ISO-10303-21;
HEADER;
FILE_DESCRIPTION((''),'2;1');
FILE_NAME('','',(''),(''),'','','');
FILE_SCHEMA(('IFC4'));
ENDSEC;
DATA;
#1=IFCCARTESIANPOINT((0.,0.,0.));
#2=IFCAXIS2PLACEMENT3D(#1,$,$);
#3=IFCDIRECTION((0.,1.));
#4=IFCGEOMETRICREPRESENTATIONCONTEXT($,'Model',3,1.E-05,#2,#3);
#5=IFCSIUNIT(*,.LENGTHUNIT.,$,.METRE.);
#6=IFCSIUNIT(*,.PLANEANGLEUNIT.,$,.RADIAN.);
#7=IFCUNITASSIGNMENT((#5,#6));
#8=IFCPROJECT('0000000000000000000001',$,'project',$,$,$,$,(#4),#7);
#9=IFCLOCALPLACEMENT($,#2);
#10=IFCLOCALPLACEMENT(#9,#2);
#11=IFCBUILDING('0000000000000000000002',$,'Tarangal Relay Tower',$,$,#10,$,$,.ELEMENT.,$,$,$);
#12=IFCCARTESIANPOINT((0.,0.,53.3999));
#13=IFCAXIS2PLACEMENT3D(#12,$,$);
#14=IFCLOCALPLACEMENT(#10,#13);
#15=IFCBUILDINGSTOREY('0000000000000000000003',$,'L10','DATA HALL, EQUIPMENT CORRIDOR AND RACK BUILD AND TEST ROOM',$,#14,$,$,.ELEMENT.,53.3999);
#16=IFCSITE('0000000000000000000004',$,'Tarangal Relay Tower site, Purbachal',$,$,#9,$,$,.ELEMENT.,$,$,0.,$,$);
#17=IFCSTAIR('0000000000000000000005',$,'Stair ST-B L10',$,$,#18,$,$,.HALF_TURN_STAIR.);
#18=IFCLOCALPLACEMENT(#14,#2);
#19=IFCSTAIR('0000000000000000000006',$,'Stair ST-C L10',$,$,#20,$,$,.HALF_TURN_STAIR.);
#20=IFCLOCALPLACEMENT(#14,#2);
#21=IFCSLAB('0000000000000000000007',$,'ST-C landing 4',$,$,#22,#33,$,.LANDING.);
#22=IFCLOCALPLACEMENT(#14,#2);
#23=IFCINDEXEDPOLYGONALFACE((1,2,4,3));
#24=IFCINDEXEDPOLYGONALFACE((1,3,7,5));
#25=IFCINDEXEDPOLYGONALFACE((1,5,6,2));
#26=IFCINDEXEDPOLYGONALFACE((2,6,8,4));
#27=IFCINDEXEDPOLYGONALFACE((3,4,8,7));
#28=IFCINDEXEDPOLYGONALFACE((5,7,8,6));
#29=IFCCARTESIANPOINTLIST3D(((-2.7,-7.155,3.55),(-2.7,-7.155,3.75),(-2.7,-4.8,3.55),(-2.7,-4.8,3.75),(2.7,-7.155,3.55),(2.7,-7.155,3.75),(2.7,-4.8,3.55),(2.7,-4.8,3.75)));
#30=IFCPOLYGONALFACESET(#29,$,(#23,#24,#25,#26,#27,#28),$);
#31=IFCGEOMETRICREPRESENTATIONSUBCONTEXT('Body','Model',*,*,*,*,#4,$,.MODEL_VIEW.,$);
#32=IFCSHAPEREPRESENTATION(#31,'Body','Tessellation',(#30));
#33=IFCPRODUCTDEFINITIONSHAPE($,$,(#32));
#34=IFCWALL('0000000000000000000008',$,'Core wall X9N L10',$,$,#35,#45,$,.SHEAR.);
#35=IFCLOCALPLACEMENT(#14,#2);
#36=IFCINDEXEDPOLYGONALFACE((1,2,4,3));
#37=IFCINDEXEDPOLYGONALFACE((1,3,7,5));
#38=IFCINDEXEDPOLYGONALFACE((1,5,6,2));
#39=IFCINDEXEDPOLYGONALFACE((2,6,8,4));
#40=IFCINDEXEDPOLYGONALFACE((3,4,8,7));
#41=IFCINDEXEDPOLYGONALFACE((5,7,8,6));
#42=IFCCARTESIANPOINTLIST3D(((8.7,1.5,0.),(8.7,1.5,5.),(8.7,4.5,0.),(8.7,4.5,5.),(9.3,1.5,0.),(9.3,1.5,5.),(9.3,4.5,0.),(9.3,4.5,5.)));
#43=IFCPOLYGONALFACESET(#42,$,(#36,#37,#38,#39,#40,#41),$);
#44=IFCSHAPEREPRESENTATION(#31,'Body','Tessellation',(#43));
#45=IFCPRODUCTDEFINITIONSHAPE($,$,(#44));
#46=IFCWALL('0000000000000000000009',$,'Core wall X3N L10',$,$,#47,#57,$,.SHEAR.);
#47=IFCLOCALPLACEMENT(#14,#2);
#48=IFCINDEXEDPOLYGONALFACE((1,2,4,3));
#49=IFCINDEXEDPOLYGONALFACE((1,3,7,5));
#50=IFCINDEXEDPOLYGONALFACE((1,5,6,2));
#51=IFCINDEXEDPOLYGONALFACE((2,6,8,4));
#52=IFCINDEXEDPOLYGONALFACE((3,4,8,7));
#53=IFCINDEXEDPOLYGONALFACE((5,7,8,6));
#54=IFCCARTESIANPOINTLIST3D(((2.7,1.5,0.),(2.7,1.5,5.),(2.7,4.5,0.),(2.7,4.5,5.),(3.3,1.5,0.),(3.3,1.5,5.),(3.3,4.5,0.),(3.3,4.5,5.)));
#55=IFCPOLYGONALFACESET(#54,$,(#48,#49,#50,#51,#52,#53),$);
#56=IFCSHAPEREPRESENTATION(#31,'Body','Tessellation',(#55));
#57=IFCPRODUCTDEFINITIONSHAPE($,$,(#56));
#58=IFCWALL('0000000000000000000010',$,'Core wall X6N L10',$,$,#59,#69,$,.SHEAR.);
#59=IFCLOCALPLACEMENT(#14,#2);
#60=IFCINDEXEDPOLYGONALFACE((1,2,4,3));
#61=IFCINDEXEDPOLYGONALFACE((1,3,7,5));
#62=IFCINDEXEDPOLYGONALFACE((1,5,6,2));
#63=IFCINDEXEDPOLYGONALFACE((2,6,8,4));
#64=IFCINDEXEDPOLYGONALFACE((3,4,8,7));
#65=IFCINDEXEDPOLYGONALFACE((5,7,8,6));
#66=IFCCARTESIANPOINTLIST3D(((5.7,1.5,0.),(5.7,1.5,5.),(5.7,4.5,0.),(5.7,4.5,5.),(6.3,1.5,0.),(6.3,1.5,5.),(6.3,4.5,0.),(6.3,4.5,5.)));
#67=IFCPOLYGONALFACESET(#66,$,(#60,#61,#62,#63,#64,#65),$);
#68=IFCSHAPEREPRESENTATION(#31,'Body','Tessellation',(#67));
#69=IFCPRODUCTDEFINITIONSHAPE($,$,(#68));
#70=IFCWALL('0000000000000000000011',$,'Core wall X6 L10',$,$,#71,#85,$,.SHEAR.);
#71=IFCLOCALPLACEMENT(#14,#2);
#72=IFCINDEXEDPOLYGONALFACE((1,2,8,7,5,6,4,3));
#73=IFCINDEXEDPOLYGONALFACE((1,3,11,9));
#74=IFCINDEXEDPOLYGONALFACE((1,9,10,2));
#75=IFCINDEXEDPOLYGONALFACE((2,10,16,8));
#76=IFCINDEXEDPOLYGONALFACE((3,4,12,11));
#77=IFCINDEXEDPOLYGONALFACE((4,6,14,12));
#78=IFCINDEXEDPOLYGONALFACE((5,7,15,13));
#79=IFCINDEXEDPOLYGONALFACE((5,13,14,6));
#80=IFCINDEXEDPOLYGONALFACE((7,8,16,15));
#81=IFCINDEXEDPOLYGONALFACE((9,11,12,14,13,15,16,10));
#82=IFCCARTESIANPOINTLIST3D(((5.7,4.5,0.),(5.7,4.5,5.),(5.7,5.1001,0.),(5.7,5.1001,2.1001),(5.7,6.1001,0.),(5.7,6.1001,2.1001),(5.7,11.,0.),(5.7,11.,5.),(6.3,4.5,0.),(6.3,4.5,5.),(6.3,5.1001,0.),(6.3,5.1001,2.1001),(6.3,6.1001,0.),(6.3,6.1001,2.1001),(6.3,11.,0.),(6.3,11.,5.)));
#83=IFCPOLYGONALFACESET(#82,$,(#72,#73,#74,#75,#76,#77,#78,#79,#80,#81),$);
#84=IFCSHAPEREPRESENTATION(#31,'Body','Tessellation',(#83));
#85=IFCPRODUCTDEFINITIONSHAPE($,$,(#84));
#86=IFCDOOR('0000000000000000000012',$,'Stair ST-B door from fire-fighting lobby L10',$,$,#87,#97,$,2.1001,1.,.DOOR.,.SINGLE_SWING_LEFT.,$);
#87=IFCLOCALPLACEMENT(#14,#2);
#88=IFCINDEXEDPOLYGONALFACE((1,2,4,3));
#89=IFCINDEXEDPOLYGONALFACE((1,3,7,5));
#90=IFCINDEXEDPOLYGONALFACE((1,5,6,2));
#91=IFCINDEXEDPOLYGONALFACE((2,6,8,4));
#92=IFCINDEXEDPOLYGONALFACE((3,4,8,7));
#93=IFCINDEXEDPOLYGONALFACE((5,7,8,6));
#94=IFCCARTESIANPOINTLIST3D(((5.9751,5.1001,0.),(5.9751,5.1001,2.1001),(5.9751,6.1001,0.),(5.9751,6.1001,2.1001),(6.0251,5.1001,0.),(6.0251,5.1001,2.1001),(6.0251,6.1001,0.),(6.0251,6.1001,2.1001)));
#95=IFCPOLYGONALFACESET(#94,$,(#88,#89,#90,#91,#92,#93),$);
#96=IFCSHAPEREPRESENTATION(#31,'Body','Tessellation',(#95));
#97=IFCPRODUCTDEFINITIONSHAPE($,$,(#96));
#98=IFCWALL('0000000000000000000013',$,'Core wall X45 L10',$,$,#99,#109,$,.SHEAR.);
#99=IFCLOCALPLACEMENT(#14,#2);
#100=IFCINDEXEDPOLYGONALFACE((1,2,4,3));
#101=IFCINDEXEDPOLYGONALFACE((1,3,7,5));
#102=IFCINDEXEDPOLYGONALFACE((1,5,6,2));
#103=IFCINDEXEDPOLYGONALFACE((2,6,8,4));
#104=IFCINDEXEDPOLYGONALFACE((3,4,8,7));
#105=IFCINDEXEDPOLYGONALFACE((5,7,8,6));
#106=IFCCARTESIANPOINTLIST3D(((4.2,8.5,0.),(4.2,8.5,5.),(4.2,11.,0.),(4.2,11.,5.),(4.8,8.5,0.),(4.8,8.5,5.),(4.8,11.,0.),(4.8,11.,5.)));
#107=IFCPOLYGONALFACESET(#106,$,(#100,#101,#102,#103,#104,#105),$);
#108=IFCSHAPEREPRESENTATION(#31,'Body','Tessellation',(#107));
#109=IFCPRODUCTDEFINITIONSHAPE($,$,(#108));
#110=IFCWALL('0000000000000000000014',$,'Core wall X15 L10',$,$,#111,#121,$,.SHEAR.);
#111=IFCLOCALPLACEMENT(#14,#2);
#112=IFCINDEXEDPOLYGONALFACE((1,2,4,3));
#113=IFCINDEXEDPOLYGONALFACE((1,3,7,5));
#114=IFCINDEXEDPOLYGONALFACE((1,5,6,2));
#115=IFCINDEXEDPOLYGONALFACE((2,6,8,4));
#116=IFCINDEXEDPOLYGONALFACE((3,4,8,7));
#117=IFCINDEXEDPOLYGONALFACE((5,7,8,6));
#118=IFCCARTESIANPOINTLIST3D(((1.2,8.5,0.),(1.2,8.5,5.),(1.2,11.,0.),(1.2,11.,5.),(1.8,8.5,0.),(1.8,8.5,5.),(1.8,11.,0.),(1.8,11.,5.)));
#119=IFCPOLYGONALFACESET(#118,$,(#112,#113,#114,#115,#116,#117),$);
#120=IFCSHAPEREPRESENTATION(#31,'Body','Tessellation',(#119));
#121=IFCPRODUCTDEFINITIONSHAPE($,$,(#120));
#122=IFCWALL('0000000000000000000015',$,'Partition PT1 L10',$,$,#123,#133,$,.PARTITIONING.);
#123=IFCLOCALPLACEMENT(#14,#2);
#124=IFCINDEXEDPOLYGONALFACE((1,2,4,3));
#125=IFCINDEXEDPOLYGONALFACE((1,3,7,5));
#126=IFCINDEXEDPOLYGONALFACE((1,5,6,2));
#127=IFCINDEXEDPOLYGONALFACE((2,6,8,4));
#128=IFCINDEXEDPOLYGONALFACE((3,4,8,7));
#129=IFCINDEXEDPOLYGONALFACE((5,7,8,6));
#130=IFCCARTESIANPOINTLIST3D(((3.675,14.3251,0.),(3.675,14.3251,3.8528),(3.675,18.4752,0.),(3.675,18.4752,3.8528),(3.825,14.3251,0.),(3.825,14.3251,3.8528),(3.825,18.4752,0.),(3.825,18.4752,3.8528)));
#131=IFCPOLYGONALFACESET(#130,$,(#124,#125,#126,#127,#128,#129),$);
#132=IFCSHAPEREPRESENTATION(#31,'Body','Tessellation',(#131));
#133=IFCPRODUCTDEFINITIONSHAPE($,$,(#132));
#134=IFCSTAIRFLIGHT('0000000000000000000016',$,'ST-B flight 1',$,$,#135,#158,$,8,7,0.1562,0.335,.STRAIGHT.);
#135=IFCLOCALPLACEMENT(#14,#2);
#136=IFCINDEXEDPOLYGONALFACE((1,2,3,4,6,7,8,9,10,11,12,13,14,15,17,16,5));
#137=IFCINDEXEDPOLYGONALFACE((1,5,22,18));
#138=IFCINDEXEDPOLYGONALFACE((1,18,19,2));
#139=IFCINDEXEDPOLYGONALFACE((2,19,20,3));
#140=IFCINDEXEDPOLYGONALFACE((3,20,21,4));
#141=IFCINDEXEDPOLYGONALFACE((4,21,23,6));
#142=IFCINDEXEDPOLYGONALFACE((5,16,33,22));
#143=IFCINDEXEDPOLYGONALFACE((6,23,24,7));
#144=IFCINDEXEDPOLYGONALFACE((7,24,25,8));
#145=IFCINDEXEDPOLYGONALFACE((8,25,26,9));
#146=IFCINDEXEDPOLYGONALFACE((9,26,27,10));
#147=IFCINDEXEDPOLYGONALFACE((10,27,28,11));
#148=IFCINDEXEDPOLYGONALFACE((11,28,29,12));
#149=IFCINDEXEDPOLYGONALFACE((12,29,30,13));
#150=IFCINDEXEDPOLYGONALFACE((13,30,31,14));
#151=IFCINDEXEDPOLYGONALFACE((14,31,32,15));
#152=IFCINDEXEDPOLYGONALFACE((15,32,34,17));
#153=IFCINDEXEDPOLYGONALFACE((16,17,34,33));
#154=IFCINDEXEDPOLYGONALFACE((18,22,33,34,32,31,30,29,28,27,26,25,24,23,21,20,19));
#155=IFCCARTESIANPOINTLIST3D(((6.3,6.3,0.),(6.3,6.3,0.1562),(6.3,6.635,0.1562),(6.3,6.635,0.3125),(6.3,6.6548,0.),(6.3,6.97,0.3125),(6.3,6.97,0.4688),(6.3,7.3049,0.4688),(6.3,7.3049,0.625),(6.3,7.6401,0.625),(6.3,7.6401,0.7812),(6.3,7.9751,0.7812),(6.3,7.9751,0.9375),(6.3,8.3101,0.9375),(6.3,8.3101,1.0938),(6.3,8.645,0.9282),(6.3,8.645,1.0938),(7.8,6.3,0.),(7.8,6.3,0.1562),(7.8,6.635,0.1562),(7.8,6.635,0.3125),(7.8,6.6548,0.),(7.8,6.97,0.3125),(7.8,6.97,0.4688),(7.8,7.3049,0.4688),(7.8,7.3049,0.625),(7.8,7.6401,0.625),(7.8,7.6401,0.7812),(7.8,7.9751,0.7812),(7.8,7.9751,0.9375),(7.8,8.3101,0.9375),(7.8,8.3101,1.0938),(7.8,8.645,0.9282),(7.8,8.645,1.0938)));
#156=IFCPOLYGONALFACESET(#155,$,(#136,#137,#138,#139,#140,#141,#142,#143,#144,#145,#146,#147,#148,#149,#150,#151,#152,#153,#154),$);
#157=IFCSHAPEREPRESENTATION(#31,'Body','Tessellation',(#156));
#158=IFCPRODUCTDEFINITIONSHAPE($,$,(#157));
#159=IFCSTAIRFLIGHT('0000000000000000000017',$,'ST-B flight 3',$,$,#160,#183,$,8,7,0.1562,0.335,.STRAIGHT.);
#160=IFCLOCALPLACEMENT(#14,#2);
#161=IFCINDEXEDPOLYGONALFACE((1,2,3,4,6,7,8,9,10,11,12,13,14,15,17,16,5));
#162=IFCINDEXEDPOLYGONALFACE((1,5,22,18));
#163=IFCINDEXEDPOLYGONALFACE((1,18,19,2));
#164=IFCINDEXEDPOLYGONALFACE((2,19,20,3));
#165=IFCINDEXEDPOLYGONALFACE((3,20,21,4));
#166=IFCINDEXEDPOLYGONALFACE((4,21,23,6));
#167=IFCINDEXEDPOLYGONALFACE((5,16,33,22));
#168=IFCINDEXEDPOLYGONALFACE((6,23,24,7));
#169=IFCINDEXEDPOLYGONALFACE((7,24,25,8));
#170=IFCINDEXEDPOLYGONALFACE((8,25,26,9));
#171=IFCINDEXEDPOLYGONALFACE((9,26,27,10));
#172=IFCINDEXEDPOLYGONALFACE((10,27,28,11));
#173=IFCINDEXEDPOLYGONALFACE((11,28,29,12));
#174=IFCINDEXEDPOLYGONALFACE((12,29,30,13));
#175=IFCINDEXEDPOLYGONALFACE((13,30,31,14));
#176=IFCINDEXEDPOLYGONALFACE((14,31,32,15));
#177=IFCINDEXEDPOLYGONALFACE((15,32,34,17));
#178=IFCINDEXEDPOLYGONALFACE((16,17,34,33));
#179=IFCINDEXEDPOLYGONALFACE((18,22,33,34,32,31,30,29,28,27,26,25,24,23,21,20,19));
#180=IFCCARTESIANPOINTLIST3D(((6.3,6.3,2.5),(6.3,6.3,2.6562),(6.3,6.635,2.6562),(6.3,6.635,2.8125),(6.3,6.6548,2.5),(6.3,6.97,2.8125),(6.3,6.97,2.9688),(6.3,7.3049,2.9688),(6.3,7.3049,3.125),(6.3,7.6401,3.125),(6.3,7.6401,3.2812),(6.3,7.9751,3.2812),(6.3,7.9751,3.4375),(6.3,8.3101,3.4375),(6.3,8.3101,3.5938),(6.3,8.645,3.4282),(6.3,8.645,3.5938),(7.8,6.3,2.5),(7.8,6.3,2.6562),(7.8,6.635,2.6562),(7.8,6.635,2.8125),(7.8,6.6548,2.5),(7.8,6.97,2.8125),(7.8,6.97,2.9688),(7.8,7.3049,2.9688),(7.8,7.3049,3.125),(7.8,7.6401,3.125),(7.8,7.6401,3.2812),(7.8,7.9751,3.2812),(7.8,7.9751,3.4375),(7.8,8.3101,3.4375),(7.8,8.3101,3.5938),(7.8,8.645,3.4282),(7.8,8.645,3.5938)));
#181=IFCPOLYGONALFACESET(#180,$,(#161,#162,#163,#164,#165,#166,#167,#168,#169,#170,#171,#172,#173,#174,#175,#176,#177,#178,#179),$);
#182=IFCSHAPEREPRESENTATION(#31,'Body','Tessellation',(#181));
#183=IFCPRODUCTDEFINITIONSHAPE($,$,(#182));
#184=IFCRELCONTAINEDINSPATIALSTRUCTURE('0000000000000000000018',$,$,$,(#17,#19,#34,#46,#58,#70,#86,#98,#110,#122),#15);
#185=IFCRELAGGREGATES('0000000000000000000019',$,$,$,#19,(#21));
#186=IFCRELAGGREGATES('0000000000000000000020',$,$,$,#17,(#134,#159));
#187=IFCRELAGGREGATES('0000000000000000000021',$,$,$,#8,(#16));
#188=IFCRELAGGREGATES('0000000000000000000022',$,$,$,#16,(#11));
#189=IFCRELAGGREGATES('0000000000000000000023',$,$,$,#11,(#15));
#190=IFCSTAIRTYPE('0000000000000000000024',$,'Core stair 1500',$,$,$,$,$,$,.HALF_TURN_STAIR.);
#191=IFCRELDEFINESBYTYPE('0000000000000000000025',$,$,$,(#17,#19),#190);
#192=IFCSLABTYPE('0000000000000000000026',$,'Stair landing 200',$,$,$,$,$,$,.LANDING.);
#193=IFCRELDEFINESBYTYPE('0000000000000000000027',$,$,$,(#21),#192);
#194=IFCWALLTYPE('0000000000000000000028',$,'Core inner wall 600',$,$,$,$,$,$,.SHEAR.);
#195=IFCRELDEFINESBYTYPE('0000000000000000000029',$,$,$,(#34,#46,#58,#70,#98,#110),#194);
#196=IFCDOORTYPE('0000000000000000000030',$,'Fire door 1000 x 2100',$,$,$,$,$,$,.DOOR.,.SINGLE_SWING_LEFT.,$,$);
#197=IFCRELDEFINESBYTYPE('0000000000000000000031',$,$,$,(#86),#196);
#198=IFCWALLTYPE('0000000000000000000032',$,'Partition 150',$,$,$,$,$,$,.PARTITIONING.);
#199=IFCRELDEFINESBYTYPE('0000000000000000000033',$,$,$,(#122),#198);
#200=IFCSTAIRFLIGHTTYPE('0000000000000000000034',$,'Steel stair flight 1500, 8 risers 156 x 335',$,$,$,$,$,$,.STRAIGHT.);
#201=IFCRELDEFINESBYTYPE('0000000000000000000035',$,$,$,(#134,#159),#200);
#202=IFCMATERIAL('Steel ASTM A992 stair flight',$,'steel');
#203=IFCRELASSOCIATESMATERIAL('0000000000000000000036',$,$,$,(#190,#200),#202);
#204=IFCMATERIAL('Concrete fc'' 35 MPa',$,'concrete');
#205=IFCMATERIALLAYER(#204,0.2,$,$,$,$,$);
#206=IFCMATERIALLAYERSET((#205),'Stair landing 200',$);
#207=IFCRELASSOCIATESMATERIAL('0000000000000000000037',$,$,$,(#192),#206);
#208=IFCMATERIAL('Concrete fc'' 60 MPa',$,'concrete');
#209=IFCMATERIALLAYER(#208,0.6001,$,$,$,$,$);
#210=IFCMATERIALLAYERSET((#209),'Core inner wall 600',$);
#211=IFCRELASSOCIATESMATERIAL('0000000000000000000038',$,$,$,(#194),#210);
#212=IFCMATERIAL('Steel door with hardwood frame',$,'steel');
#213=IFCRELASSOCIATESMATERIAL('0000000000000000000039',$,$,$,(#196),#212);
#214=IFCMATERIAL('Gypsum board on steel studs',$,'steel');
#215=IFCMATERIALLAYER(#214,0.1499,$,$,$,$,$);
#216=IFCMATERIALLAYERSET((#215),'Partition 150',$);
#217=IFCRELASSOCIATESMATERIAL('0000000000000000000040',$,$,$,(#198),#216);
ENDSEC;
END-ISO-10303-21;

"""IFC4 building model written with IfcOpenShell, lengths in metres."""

from ifc_helpers import new_model, si_unit, direction, frame, frame_2d, origin, place, context, subcontext, project, spatial, polyline, rectangle, outline, extrude, material, layer, layer_set, type_object, element, fill, aggregate, save


model = new_model("IFC4")

# Units and contexts
model_context = context("Model", 3, precision=1e-05, world=origin(), true_north=direction((0.0, 1.0)))
body_context = subcontext(model_context, "Body", "Model", "MODEL_VIEW")
ifc_project = project(units=[si_unit("LENGTHUNIT", "METRE"), si_unit("PLANEANGLEUNIT", "RADIAN")], contexts=[model_context])

# Site, building, storey
site_placement = place(None, origin())
site = spatial("IfcSite", under=ifc_project, at=site_placement, Name="Tarangal Relay Tower site, Purbachal", CompositionType="ELEMENT", RefElevation=0.0)
building_placement = place(site_placement, origin())
building = spatial("IfcBuilding", under=site, at=building_placement, Name="Tarangal Relay Tower", CompositionType="ELEMENT")
storey_placement = place(building_placement, frame((0.0, 0.0, 53.3999)))
storey = spatial("IfcBuildingStorey", under=building, at=storey_placement, Name="L10", Description="DATA HALL, EQUIPMENT CORRIDOR AND RACK BUILD AND TEST ROOM", CompositionType="ELEMENT", Elevation=53.3999)

# Shared definitions
ifc_material_1 = material(Name="Steel ASTM A992 stair flight", Category="steel")
stair_type = type_object("IfcStairType", Name="Core stair 1500", PredefinedType="HALF_TURN_STAIR", material=ifc_material_1)
ifc_material_2 = material(Name="Concrete fc' 35 MPa", Category="concrete")
ifc_layer_1 = layer(ifc_material_2, 0.2)
ifc_layer_set_1 = layer_set([ifc_layer_1], Name="Stair landing 200")
slab_type = type_object("IfcSlabType", Name="Stair landing 200", PredefinedType="LANDING", material=ifc_layer_set_1)

# Stairs, slab
stair_1_placement = place(storey_placement, origin())
stair_1 = element("IfcStair", 1, at=stair_1_placement, inside=storey, type_object=stair_type, Name="Stair ST-B L10", PredefinedType="HALF_TURN_STAIR")
stair_2_placement = place(storey_placement, origin())
stair_2 = element("IfcStair", 2, at=stair_2_placement, inside=storey, type_object=stair_type, Name="Stair ST-C L10", PredefinedType="HALF_TURN_STAIR")
slab_1_placement = place(storey_placement, frame((0.0, 0.0, 3.55)))
slab_1 = element("IfcSlab", 3, at=slab_1_placement, type_object=slab_type, Name="ST-C landing 4", PredefinedType="LANDING", context=body_context, shape_type="SweptSolid", body=[
    extrude(outline(polyline([(-2.7, -7.155), (2.7, -7.155), (2.7, -4.8), (-2.7, -4.8), (-2.7, -7.155)])), origin(), (0.0, 0.0, 1.0), 0.2),
])
aggregate(stair_2, [slab_1])

# Walls
ifc_material_3 = material(Name="Concrete fc' 60 MPa", Category="concrete")
ifc_layer_2 = layer(ifc_material_3, 0.6001)
ifc_layer_set_2 = layer_set([ifc_layer_2], Name="Core inner wall 600")
wall_type_1 = type_object("IfcWallType", Name="Core inner wall 600", PredefinedType="SHEAR", material=ifc_layer_set_2)
for number, where, z_axis, x_axis, name in (
    (4, (9.0, 1.5, 0.0), (0.0, 0.0, 1.0), (0.0, 1.0, 0.0), "Core wall X9N L10"),
    (5, (3.0, 1.5, 0.0), (0.0, 0.0, 1.0), (0.0, 1.0, 0.0), "Core wall X3N L10"),
    (6, (6.0, 1.5, 0.0), (0.0, 0.0, 1.0), (0.0, 1.0, 0.0), "Core wall X6N L10"),
):
    element("IfcWall", number, at=place(storey_placement, frame(where, z_axis=z_axis, x_axis=x_axis)), inside=storey, type_object=wall_type_1, Name=name, PredefinedType="SHEAR", context=body_context, shape_type="SweptSolid", body=[
        extrude(rectangle(XDim=3.0, YDim=0.6001, at=frame_2d((1.5, 0.0))), origin(), (0.0, 0.0, 1.0), 5.0),
    ])

# Wall, opening, door
wall_1_placement = place(storey_placement, frame((6.0, 4.5, 0.0), z_axis=(0.0, 0.0, 1.0), x_axis=(0.0, 1.0, 0.0)))
wall_1 = element("IfcWall", 7, at=wall_1_placement, inside=storey, type_object=wall_type_1, Name="Core wall X6 L10", PredefinedType="SHEAR", context=body_context, shape_type="SweptSolid", body=[
    extrude(rectangle(XDim=6.5, YDim=0.6001, at=frame_2d((3.25, 0.0))), origin(), (0.0, 0.0, 1.0), 5.0),
])
opening_placement = place(wall_1_placement, frame((0.6001, 0.0, 0.0)))
opening = element("IfcOpeningElement", 8, at=opening_placement, cuts=wall_1, PredefinedType="OPENING", context=body_context, shape_type="SweptSolid", body=[
    extrude(rectangle(XDim=1.0, YDim=2.1001, at=frame_2d((0.5, 1.05))), frame((0.0, 0.3101, 0.0), z_axis=(0.0, -1.0, 0.0), x_axis=(1.0, 0.0, 0.0)), (0.0, 0.0, 1.0), 0.6201),
])
ifc_material_4 = material(Name="Steel door with hardwood frame", Category="steel")
door_type = type_object("IfcDoorType", Name="Fire door 1000 x 2100", OperationType="SINGLE_SWING_LEFT", PredefinedType="DOOR", material=ifc_material_4)
door_placement = place(opening_placement, origin())
door = element("IfcDoor", 9, at=door_placement, inside=storey, type_object=door_type, Name="Stair ST-B door from fire-fighting lobby L10", OperationType="SINGLE_SWING_LEFT", OverallHeight=2.1001, OverallWidth=1.0, PredefinedType="DOOR", context=body_context, shape_type="SweptSolid", body=[
    extrude(rectangle(XDim=1.0, YDim=2.1001, at=frame_2d((0.5, 1.05))), frame((0.0, 0.0249, 0.0), z_axis=(0.0, -1.0, 0.0), x_axis=(1.0, 0.0, 0.0)), (0.0, 0.0, 1.0), 0.05),
])
fill(opening, door)

# Walls
for number, where, z_axis, x_axis, name in (
    (10, (4.5, 8.5, 0.0), (0.0, 0.0, 1.0), (0.0, 1.0, 0.0), "Core wall X45 L10"),
    (11, (1.5, 8.5, 0.0), (0.0, 0.0, 1.0), (0.0, 1.0, 0.0), "Core wall X15 L10"),
):
    element("IfcWall", number, at=place(storey_placement, frame(where, z_axis=z_axis, x_axis=x_axis)), inside=storey, type_object=wall_type_1, Name=name, PredefinedType="SHEAR", context=body_context, shape_type="SweptSolid", body=[
        extrude(rectangle(XDim=2.5, YDim=0.6001, at=frame_2d((1.25, 0.0))), origin(), (0.0, 0.0, 1.0), 5.0),
    ])
ifc_material_5 = material(Name="Gypsum board on steel studs", Category="steel")
ifc_layer_3 = layer(ifc_material_5, 0.1499)
ifc_layer_set_3 = layer_set([ifc_layer_3], Name="Partition 150")
wall_type_2 = type_object("IfcWallType", Name="Partition 150", PredefinedType="PARTITIONING", material=ifc_layer_set_3)
wall_2_placement = place(storey_placement, frame((3.75, 14.325, 0.0), z_axis=(0.0, 0.0, 1.0), x_axis=(0.0, 1.0, 0.0)))
element("IfcWall", 12, at=wall_2_placement, inside=storey, type_object=wall_type_2, Name="Partition PT1 L10", PredefinedType="PARTITIONING", context=body_context, shape_type="SweptSolid", body=[
    extrude(rectangle(XDim=4.1501, YDim=0.1499, at=frame_2d((2.0752, 0.0))), origin(), (0.0, 0.0, 1.0), 3.8528),
])

# Stair flights
stair_flight_type = type_object("IfcStairFlightType", Name="Steel stair flight 1500, 8 risers 156 x 335", PredefinedType="STRAIGHT", material=ifc_material_1)
stair_flight_1_placement = place(storey_placement, frame((7.05, 6.3, 0.0), z_axis=(0.0, 0.0, 1.0), x_axis=(0.0, 1.0, 0.0)))
stair_flight_1 = element("IfcStairFlight", 13, at=stair_flight_1_placement, type_object=stair_flight_type, Name="ST-B flight 1", NumberOfRisers=8, NumberOfTreads=7, PredefinedType="STRAIGHT", RiserHeight=0.1562, TreadLength=0.335, context=body_context, shape_type="SweptSolid", body=[
    extrude(outline(polyline([(0.0, 0.0), (0.0, 0.1562), (0.335, 0.1562), (0.335, 0.3125), (0.6699, 0.3125), (0.6699, 0.4688), (1.0049, 0.4688), (1.0049, 0.625), (1.3401, 0.625), (1.3401, 0.7812), (1.675, 0.7812), (1.675, 0.9375), (2.01, 0.9375), (2.01, 1.0938), (2.345, 1.0938), (2.345, 1.25), (2.345, 0.9282), (0.3547, 0.0), (0.0, 0.0)])), frame((0.0, 0.75, 0.0), z_axis=(0.0, -1.0, 0.0), x_axis=(1.0, 0.0, 0.0)), (0.0, 0.0, 1.0), 1.5),
])
stair_flight_2_placement = place(storey_placement, frame((7.05, 6.3, 2.5), z_axis=(0.0, 0.0, 1.0), x_axis=(0.0, 1.0, 0.0)))
stair_flight_2 = element("IfcStairFlight", 14, at=stair_flight_2_placement, type_object=stair_flight_type, Name="ST-B flight 3", NumberOfRisers=8, NumberOfTreads=7, PredefinedType="STRAIGHT", RiserHeight=0.1562, TreadLength=0.335, context=body_context, shape_type="SweptSolid", body=[
    extrude(outline(polyline([(0.0, 0.0), (0.0, 0.1562), (0.335, 0.1562), (0.335, 0.3125), (0.6699, 0.3125), (0.6699, 0.4688), (1.0049, 0.4688), (1.0049, 0.625), (1.3401, 0.625), (1.3401, 0.7812), (1.675, 0.7812), (1.675, 0.9375), (2.01, 0.9375), (2.01, 1.0938), (2.345, 1.0938), (2.345, 1.25), (2.345, 0.9282), (0.3547, 0.0), (0.0, 0.0)])), frame((0.0, 0.75, 0.0), z_axis=(0.0, -1.0, 0.0), x_axis=(1.0, 0.0, 0.0)), (0.0, 0.0, 1.0), 1.5),
])
aggregate(stair_1, [stair_flight_1, stair_flight_2])

save(model, "model.ifc")
